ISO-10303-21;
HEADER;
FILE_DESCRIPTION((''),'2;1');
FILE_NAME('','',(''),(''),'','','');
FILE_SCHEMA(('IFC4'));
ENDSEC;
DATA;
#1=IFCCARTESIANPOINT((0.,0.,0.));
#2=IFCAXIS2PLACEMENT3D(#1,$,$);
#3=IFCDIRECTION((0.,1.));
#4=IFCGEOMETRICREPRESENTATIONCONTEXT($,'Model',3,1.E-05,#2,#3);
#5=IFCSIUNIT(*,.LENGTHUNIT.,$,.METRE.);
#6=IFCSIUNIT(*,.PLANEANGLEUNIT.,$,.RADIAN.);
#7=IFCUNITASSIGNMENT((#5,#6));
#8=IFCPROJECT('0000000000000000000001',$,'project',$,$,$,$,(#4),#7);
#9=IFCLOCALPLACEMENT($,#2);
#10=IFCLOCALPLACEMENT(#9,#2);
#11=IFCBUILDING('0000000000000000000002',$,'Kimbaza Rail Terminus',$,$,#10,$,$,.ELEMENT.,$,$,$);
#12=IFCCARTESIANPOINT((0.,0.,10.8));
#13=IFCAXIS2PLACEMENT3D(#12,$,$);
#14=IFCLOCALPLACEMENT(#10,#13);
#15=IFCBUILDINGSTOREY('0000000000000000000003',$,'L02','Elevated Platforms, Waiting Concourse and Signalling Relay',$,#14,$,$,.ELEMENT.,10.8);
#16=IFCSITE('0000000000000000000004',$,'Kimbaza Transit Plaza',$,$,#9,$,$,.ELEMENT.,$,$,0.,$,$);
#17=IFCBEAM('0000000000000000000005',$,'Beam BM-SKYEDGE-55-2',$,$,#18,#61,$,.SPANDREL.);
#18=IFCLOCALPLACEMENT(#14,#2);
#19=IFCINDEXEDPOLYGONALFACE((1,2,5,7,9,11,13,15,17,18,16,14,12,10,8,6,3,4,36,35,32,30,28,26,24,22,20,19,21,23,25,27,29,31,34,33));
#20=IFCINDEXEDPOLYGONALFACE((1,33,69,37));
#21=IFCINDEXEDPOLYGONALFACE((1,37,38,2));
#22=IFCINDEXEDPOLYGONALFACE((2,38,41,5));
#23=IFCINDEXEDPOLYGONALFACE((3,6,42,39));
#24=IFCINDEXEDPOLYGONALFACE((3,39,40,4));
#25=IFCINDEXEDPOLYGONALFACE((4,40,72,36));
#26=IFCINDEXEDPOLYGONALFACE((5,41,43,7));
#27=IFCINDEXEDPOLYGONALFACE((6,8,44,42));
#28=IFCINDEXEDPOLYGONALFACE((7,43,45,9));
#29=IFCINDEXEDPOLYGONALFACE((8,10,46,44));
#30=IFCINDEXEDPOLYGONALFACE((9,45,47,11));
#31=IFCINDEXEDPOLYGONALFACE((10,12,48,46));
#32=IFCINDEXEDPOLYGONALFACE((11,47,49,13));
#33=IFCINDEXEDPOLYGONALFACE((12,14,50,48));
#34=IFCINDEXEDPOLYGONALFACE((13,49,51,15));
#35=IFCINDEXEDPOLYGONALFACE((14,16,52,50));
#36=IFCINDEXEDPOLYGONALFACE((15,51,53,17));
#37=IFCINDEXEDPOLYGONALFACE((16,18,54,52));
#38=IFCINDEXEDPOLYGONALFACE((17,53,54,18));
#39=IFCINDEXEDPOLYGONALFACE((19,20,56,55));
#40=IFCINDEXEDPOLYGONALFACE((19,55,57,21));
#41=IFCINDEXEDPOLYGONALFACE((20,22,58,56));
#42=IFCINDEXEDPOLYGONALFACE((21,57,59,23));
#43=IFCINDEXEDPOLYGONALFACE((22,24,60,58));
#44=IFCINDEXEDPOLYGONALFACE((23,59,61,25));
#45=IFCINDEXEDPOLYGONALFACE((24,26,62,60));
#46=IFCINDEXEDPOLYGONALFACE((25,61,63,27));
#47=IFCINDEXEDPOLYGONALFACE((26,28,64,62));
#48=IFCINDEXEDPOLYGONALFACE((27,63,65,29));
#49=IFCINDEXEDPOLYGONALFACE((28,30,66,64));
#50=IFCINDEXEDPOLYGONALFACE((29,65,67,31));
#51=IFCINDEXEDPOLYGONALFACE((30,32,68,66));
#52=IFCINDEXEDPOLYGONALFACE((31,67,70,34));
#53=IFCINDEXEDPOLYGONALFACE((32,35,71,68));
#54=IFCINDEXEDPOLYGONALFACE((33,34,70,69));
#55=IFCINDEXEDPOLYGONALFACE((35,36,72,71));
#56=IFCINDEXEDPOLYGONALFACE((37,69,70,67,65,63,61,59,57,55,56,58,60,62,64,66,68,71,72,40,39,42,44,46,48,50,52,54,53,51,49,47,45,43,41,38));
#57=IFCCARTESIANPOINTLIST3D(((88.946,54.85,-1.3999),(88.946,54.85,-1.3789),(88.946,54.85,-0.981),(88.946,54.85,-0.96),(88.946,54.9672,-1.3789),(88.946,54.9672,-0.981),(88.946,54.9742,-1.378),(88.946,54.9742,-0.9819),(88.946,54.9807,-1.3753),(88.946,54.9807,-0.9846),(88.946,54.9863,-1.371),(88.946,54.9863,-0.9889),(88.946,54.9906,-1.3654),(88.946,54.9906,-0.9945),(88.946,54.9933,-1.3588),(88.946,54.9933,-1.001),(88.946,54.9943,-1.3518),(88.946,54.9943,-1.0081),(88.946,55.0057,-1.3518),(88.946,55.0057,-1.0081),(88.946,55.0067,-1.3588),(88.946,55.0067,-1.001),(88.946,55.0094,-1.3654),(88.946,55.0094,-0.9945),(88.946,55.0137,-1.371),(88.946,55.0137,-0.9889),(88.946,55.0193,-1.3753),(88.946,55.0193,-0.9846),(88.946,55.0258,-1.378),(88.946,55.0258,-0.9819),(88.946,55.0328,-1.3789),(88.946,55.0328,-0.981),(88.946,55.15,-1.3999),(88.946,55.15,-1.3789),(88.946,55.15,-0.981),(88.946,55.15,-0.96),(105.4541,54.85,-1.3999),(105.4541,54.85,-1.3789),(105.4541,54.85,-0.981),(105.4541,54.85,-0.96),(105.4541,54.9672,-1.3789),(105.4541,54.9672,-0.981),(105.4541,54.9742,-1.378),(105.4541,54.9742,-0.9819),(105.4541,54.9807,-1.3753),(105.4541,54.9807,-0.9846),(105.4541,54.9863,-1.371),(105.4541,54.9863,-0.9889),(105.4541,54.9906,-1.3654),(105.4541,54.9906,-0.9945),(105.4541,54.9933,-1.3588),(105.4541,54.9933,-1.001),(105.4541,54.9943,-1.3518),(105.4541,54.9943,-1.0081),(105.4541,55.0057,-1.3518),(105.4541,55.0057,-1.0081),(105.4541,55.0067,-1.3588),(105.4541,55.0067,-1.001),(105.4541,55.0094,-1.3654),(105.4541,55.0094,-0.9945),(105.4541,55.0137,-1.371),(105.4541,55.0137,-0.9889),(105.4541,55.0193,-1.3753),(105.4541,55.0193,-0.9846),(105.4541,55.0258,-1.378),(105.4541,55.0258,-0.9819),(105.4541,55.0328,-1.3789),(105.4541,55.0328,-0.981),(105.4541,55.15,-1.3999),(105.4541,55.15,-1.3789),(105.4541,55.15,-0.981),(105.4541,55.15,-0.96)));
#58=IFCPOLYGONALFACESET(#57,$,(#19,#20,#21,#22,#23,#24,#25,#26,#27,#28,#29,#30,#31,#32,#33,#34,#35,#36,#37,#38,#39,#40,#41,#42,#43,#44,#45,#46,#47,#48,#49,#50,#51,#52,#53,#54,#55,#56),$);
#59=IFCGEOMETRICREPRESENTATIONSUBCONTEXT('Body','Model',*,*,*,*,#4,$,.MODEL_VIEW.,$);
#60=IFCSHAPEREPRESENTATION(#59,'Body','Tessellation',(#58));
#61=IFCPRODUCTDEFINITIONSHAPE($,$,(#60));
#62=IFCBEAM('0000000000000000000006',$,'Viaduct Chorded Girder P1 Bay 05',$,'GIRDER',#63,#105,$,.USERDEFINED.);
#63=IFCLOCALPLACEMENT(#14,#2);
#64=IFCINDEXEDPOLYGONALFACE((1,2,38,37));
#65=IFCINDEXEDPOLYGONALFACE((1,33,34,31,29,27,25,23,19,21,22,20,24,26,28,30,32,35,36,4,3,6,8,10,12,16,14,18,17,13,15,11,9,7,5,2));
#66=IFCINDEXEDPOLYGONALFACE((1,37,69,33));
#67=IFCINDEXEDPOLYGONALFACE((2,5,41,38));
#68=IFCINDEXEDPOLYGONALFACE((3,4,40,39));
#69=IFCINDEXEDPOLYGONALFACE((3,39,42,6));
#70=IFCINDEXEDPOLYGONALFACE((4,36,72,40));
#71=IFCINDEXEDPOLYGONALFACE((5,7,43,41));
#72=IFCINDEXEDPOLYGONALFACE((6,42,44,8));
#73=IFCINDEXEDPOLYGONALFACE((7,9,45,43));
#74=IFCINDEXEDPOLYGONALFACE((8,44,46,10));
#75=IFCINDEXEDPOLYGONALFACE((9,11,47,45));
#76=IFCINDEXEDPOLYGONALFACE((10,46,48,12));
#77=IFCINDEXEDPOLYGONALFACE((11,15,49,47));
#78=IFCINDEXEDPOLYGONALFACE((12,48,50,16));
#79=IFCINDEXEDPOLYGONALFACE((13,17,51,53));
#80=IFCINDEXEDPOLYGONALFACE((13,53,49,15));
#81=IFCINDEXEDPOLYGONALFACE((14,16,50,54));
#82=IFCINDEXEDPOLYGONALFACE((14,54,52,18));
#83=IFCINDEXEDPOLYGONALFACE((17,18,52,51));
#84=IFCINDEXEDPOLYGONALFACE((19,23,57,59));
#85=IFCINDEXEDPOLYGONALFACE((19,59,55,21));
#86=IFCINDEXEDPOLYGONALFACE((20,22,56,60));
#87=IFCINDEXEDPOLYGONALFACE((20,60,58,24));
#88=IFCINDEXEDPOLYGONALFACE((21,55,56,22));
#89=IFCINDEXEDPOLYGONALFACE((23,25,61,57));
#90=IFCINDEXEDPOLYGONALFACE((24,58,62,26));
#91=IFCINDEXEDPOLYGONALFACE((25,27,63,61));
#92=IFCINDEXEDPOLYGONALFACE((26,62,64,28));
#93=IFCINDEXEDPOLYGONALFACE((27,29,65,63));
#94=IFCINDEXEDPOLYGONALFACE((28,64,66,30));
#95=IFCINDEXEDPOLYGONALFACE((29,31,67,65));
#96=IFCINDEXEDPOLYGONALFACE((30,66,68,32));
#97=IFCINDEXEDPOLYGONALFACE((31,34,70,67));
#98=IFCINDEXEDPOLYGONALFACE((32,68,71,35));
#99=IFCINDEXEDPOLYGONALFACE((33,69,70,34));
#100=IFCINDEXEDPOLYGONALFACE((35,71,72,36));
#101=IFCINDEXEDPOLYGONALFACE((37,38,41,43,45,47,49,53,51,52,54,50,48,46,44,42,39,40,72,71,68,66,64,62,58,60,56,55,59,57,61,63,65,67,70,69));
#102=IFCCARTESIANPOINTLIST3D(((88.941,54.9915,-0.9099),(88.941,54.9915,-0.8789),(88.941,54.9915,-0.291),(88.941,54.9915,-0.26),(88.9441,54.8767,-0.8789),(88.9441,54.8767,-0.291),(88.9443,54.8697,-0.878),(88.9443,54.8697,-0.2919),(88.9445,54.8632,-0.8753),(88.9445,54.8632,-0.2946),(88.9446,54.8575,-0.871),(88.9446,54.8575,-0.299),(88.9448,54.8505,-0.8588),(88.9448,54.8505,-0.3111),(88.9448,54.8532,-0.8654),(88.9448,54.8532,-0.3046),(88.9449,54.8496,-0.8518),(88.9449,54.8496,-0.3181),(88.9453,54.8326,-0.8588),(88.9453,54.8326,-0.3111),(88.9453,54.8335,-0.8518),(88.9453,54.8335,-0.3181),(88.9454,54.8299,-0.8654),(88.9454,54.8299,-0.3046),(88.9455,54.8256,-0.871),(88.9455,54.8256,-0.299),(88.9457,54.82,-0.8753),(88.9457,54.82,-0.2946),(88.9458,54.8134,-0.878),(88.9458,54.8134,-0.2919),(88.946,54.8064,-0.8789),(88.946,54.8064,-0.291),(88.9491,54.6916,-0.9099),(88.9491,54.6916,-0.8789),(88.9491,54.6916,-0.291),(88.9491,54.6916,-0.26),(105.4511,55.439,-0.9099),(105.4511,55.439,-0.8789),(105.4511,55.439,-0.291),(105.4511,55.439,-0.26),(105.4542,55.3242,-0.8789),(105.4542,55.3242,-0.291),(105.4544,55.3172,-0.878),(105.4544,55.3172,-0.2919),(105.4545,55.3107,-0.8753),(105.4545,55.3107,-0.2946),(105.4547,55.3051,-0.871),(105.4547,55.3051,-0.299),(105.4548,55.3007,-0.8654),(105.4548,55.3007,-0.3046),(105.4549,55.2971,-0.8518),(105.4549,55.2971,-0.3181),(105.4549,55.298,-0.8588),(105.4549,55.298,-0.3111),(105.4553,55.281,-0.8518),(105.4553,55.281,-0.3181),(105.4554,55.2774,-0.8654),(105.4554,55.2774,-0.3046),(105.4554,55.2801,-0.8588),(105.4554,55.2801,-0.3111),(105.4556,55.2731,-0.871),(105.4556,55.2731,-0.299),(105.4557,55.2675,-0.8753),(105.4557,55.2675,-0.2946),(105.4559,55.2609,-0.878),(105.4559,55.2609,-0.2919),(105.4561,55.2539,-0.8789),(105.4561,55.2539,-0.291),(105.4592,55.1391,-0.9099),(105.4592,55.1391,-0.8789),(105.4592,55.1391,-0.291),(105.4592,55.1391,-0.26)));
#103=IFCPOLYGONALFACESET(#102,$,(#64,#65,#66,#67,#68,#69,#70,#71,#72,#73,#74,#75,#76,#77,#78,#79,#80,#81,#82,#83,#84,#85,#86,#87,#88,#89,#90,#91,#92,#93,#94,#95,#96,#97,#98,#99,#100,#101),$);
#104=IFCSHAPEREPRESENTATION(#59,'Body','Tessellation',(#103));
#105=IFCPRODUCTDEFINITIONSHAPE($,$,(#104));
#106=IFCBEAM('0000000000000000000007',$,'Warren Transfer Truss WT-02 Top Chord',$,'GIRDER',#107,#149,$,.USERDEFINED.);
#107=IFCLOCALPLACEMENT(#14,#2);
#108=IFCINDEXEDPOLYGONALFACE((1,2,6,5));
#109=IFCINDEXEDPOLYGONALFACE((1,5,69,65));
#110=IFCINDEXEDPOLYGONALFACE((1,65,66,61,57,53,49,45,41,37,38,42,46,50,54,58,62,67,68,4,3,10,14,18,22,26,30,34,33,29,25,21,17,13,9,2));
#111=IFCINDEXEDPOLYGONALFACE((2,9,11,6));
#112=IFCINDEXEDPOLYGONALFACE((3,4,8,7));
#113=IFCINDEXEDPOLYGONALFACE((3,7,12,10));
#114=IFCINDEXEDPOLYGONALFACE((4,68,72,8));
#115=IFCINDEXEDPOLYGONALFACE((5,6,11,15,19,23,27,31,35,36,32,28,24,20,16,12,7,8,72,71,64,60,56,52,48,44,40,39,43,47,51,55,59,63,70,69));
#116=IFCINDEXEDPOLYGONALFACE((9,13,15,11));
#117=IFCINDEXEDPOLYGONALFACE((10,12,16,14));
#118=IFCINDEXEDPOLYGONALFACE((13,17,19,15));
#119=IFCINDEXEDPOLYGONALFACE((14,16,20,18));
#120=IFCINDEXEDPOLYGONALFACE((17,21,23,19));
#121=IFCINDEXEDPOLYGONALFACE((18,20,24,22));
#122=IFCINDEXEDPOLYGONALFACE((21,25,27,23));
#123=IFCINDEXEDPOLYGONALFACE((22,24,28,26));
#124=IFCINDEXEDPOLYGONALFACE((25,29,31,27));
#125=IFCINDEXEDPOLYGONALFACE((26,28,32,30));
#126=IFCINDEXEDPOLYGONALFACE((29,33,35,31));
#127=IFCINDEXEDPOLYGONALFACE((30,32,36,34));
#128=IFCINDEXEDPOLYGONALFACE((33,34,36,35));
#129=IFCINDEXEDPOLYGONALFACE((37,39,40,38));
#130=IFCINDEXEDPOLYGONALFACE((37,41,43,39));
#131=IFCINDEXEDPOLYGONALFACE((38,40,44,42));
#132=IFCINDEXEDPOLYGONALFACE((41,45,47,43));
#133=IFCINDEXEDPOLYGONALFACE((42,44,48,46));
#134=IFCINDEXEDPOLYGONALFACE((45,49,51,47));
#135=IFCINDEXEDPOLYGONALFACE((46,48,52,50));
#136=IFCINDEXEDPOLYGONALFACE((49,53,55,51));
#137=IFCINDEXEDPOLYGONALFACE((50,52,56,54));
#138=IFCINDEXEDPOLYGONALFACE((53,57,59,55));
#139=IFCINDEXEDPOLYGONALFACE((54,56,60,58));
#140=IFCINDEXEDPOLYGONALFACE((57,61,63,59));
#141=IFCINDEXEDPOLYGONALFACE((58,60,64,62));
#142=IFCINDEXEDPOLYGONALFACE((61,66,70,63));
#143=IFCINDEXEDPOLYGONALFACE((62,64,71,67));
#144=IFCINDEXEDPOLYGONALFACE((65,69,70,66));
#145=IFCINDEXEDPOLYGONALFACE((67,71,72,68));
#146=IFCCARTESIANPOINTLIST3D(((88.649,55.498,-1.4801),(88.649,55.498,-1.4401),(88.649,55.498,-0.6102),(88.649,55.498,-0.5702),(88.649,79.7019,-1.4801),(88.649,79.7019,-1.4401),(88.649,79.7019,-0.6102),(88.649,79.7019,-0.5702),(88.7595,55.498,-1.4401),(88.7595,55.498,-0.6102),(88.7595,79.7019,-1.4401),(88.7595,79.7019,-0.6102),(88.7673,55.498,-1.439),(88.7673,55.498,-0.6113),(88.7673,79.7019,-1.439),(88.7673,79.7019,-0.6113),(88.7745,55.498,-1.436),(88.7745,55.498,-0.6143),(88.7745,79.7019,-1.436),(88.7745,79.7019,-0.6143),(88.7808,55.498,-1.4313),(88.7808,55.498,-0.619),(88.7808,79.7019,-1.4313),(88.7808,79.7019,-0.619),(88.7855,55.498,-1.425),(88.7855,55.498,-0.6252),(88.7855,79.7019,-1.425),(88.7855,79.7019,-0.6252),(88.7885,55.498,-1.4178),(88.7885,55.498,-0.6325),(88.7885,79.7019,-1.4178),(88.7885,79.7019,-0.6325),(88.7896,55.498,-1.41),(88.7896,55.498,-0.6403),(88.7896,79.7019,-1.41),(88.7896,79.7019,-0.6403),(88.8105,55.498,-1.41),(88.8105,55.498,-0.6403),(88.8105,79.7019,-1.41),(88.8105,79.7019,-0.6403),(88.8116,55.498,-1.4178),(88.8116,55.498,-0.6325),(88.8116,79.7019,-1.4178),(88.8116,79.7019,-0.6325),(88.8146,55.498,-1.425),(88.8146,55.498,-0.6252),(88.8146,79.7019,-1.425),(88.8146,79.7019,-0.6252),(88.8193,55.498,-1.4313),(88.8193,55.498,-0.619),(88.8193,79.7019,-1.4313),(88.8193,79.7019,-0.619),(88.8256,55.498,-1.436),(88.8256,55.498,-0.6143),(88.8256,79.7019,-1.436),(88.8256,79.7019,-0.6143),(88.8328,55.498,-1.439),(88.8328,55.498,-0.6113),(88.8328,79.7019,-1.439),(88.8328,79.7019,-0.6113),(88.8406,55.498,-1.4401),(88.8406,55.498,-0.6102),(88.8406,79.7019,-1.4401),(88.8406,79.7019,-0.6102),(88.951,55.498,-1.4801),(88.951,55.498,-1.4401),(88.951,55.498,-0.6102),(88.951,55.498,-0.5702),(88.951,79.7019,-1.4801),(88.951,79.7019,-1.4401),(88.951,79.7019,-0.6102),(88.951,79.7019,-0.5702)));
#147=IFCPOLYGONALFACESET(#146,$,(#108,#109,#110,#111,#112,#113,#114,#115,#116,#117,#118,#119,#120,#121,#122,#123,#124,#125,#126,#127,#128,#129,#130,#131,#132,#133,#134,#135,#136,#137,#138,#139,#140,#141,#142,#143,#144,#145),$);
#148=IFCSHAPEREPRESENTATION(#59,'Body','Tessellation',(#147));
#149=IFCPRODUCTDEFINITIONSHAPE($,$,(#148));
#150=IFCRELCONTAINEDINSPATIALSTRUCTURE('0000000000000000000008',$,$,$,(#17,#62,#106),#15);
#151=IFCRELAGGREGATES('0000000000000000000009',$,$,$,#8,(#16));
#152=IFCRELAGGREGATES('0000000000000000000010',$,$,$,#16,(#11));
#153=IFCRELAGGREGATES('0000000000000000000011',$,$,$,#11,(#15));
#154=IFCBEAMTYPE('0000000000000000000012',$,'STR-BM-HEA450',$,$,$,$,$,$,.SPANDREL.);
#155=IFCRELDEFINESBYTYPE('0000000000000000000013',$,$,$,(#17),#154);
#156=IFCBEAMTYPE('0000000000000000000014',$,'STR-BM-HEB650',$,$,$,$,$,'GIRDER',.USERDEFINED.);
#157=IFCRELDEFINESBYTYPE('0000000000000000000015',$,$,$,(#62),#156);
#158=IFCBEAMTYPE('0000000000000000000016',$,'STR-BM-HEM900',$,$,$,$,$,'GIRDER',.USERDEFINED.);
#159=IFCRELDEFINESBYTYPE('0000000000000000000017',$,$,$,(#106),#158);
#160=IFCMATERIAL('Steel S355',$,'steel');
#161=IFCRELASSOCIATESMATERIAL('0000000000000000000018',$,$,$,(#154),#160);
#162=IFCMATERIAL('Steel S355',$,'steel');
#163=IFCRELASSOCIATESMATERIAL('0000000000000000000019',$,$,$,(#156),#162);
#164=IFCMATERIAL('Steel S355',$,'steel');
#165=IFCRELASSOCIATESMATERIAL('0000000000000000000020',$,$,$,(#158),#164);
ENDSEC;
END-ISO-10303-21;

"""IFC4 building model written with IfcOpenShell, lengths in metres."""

from ifc_helpers import new_model, si_unit, direction, frame, origin, origin_2d, place, context, subcontext, project, spatial, i_section, extrude, material, material_profile, profile_set, type_object, element, save


model = new_model("IFC4")

# Units and contexts
model_context = context("Model", 3, precision=1e-05, world=origin(), true_north=direction((0.0, 1.0)))
body_context = subcontext(model_context, "Body", "Model", "MODEL_VIEW")
ifc_project = project(units=[si_unit("LENGTHUNIT", "METRE"), si_unit("PLANEANGLEUNIT", "RADIAN")], contexts=[model_context])

# Site, building, storey
site_placement = place(None, origin())
site = spatial("IfcSite", under=ifc_project, at=site_placement, Name="Kimbaza Transit Plaza", CompositionType="ELEMENT", RefElevation=0.0)
building_placement = place(site_placement, origin())
building = spatial("IfcBuilding", under=site, at=building_placement, Name="Kimbaza Rail Terminus", CompositionType="ELEMENT")
storey_placement = place(building_placement, frame((0.0, 0.0, 10.8)))
storey = spatial("IfcBuildingStorey", under=building, at=storey_placement, Name="L02", Description="Elevated Platforms, Waiting Concourse and Signalling Relay", CompositionType="ELEMENT", Elevation=10.8)

# Beams
ifc_material_1 = material(Name="Steel S355", Category="steel")
ifc_material_profile_1 = material_profile(ifc_material_1, i_section(OverallWidth=0.3, OverallDepth=0.4399, WebThickness=0.0115, FlangeThickness=0.021, FilletRadius=0.0271, at=origin_2d()), Name="HEA 450")
ifc_profile_set_1 = profile_set([ifc_material_profile_1], Name="Steel S355")
beam_type_1 = type_object("IfcBeamType", Name="STR-BM-HEA450", PredefinedType="SPANDREL", material=ifc_profile_set_1)
beam_1_placement = place(storey_placement, frame((88.946, 55.0, -1.1799), z_axis=(1.0, 0.0, 0.0), x_axis=(0.0, 1.0, 0.0)))
element("IfcBeam", 1, at=beam_1_placement, inside=storey, type_object=beam_type_1, Name="Beam BM-SKYEDGE-55-2", PredefinedType="SPANDREL", context=body_context, shape_type="SweptSolid", body=[
    extrude(i_section(OverallWidth=0.3, OverallDepth=0.4399, WebThickness=0.0115, FlangeThickness=0.021, FilletRadius=0.0271, at=origin_2d()), origin(), (0.0, 0.0, 1.0), 16.5081),
])
ifc_material_2 = material(Name="Steel S355", Category="steel")
ifc_material_profile_2 = material_profile(ifc_material_2, i_section(OverallWidth=0.3, OverallDepth=0.6499, WebThickness=0.0161, FlangeThickness=0.031, FilletRadius=0.0271, at=origin_2d()), Name="HEB 650")
ifc_profile_set_2 = profile_set([ifc_material_profile_2], Name="Steel S355")
beam_type_2 = type_object("IfcBeamType", Name="STR-BM-HEB650", ElementType="GIRDER", PredefinedType="USERDEFINED", material=ifc_profile_set_2)
beam_2_placement = place(storey_placement, frame((88.9451, 54.8416, -0.585), z_axis=(0.999633, 0.027095, 0.0), x_axis=(-0.027095, 0.999633, 0.0)))
element("IfcBeam", 2, at=beam_2_placement, inside=storey, type_object=beam_type_2, Name="Viaduct Chorded Girder P1 Bay 05", ObjectType="GIRDER", PredefinedType="USERDEFINED", context=body_context, shape_type="SweptSolid", body=[
    extrude(i_section(OverallWidth=0.3, OverallDepth=0.6499, WebThickness=0.0161, FlangeThickness=0.031, FilletRadius=0.0271, at=origin_2d()), origin(), (0.0, 0.0, 1.0), 16.5161),
])
ifc_material_3 = material(Name="Steel S355", Category="steel")
ifc_material_profile_3 = material_profile(ifc_material_3, i_section(OverallWidth=0.302, OverallDepth=0.9099, WebThickness=0.021, FlangeThickness=0.04, FilletRadius=0.03, at=origin_2d()), Name="HEM 900")
ifc_profile_set_3 = profile_set([ifc_material_profile_3], Name="Steel S355")
beam_type_3 = type_object("IfcBeamType", Name="STR-BM-HEM900", ElementType="GIRDER", PredefinedType="USERDEFINED", material=ifc_profile_set_3)
beam_3_placement = place(storey_placement, frame((88.8, 55.498, -1.0251), z_axis=(0.0, 1.0, 0.0), x_axis=(-1.0, 0.0, 0.0)))
element("IfcBeam", 3, at=beam_3_placement, inside=storey, type_object=beam_type_3, Name="Warren Transfer Truss WT-02 Top Chord", ObjectType="GIRDER", PredefinedType="USERDEFINED", context=body_context, shape_type="SweptSolid", body=[
    extrude(i_section(OverallWidth=0.302, OverallDepth=0.9099, WebThickness=0.021, FlangeThickness=0.04, FilletRadius=0.03, at=origin_2d()), origin(), (0.0, 0.0, 1.0), 24.2039),
])

save(model, "model.ifc")
